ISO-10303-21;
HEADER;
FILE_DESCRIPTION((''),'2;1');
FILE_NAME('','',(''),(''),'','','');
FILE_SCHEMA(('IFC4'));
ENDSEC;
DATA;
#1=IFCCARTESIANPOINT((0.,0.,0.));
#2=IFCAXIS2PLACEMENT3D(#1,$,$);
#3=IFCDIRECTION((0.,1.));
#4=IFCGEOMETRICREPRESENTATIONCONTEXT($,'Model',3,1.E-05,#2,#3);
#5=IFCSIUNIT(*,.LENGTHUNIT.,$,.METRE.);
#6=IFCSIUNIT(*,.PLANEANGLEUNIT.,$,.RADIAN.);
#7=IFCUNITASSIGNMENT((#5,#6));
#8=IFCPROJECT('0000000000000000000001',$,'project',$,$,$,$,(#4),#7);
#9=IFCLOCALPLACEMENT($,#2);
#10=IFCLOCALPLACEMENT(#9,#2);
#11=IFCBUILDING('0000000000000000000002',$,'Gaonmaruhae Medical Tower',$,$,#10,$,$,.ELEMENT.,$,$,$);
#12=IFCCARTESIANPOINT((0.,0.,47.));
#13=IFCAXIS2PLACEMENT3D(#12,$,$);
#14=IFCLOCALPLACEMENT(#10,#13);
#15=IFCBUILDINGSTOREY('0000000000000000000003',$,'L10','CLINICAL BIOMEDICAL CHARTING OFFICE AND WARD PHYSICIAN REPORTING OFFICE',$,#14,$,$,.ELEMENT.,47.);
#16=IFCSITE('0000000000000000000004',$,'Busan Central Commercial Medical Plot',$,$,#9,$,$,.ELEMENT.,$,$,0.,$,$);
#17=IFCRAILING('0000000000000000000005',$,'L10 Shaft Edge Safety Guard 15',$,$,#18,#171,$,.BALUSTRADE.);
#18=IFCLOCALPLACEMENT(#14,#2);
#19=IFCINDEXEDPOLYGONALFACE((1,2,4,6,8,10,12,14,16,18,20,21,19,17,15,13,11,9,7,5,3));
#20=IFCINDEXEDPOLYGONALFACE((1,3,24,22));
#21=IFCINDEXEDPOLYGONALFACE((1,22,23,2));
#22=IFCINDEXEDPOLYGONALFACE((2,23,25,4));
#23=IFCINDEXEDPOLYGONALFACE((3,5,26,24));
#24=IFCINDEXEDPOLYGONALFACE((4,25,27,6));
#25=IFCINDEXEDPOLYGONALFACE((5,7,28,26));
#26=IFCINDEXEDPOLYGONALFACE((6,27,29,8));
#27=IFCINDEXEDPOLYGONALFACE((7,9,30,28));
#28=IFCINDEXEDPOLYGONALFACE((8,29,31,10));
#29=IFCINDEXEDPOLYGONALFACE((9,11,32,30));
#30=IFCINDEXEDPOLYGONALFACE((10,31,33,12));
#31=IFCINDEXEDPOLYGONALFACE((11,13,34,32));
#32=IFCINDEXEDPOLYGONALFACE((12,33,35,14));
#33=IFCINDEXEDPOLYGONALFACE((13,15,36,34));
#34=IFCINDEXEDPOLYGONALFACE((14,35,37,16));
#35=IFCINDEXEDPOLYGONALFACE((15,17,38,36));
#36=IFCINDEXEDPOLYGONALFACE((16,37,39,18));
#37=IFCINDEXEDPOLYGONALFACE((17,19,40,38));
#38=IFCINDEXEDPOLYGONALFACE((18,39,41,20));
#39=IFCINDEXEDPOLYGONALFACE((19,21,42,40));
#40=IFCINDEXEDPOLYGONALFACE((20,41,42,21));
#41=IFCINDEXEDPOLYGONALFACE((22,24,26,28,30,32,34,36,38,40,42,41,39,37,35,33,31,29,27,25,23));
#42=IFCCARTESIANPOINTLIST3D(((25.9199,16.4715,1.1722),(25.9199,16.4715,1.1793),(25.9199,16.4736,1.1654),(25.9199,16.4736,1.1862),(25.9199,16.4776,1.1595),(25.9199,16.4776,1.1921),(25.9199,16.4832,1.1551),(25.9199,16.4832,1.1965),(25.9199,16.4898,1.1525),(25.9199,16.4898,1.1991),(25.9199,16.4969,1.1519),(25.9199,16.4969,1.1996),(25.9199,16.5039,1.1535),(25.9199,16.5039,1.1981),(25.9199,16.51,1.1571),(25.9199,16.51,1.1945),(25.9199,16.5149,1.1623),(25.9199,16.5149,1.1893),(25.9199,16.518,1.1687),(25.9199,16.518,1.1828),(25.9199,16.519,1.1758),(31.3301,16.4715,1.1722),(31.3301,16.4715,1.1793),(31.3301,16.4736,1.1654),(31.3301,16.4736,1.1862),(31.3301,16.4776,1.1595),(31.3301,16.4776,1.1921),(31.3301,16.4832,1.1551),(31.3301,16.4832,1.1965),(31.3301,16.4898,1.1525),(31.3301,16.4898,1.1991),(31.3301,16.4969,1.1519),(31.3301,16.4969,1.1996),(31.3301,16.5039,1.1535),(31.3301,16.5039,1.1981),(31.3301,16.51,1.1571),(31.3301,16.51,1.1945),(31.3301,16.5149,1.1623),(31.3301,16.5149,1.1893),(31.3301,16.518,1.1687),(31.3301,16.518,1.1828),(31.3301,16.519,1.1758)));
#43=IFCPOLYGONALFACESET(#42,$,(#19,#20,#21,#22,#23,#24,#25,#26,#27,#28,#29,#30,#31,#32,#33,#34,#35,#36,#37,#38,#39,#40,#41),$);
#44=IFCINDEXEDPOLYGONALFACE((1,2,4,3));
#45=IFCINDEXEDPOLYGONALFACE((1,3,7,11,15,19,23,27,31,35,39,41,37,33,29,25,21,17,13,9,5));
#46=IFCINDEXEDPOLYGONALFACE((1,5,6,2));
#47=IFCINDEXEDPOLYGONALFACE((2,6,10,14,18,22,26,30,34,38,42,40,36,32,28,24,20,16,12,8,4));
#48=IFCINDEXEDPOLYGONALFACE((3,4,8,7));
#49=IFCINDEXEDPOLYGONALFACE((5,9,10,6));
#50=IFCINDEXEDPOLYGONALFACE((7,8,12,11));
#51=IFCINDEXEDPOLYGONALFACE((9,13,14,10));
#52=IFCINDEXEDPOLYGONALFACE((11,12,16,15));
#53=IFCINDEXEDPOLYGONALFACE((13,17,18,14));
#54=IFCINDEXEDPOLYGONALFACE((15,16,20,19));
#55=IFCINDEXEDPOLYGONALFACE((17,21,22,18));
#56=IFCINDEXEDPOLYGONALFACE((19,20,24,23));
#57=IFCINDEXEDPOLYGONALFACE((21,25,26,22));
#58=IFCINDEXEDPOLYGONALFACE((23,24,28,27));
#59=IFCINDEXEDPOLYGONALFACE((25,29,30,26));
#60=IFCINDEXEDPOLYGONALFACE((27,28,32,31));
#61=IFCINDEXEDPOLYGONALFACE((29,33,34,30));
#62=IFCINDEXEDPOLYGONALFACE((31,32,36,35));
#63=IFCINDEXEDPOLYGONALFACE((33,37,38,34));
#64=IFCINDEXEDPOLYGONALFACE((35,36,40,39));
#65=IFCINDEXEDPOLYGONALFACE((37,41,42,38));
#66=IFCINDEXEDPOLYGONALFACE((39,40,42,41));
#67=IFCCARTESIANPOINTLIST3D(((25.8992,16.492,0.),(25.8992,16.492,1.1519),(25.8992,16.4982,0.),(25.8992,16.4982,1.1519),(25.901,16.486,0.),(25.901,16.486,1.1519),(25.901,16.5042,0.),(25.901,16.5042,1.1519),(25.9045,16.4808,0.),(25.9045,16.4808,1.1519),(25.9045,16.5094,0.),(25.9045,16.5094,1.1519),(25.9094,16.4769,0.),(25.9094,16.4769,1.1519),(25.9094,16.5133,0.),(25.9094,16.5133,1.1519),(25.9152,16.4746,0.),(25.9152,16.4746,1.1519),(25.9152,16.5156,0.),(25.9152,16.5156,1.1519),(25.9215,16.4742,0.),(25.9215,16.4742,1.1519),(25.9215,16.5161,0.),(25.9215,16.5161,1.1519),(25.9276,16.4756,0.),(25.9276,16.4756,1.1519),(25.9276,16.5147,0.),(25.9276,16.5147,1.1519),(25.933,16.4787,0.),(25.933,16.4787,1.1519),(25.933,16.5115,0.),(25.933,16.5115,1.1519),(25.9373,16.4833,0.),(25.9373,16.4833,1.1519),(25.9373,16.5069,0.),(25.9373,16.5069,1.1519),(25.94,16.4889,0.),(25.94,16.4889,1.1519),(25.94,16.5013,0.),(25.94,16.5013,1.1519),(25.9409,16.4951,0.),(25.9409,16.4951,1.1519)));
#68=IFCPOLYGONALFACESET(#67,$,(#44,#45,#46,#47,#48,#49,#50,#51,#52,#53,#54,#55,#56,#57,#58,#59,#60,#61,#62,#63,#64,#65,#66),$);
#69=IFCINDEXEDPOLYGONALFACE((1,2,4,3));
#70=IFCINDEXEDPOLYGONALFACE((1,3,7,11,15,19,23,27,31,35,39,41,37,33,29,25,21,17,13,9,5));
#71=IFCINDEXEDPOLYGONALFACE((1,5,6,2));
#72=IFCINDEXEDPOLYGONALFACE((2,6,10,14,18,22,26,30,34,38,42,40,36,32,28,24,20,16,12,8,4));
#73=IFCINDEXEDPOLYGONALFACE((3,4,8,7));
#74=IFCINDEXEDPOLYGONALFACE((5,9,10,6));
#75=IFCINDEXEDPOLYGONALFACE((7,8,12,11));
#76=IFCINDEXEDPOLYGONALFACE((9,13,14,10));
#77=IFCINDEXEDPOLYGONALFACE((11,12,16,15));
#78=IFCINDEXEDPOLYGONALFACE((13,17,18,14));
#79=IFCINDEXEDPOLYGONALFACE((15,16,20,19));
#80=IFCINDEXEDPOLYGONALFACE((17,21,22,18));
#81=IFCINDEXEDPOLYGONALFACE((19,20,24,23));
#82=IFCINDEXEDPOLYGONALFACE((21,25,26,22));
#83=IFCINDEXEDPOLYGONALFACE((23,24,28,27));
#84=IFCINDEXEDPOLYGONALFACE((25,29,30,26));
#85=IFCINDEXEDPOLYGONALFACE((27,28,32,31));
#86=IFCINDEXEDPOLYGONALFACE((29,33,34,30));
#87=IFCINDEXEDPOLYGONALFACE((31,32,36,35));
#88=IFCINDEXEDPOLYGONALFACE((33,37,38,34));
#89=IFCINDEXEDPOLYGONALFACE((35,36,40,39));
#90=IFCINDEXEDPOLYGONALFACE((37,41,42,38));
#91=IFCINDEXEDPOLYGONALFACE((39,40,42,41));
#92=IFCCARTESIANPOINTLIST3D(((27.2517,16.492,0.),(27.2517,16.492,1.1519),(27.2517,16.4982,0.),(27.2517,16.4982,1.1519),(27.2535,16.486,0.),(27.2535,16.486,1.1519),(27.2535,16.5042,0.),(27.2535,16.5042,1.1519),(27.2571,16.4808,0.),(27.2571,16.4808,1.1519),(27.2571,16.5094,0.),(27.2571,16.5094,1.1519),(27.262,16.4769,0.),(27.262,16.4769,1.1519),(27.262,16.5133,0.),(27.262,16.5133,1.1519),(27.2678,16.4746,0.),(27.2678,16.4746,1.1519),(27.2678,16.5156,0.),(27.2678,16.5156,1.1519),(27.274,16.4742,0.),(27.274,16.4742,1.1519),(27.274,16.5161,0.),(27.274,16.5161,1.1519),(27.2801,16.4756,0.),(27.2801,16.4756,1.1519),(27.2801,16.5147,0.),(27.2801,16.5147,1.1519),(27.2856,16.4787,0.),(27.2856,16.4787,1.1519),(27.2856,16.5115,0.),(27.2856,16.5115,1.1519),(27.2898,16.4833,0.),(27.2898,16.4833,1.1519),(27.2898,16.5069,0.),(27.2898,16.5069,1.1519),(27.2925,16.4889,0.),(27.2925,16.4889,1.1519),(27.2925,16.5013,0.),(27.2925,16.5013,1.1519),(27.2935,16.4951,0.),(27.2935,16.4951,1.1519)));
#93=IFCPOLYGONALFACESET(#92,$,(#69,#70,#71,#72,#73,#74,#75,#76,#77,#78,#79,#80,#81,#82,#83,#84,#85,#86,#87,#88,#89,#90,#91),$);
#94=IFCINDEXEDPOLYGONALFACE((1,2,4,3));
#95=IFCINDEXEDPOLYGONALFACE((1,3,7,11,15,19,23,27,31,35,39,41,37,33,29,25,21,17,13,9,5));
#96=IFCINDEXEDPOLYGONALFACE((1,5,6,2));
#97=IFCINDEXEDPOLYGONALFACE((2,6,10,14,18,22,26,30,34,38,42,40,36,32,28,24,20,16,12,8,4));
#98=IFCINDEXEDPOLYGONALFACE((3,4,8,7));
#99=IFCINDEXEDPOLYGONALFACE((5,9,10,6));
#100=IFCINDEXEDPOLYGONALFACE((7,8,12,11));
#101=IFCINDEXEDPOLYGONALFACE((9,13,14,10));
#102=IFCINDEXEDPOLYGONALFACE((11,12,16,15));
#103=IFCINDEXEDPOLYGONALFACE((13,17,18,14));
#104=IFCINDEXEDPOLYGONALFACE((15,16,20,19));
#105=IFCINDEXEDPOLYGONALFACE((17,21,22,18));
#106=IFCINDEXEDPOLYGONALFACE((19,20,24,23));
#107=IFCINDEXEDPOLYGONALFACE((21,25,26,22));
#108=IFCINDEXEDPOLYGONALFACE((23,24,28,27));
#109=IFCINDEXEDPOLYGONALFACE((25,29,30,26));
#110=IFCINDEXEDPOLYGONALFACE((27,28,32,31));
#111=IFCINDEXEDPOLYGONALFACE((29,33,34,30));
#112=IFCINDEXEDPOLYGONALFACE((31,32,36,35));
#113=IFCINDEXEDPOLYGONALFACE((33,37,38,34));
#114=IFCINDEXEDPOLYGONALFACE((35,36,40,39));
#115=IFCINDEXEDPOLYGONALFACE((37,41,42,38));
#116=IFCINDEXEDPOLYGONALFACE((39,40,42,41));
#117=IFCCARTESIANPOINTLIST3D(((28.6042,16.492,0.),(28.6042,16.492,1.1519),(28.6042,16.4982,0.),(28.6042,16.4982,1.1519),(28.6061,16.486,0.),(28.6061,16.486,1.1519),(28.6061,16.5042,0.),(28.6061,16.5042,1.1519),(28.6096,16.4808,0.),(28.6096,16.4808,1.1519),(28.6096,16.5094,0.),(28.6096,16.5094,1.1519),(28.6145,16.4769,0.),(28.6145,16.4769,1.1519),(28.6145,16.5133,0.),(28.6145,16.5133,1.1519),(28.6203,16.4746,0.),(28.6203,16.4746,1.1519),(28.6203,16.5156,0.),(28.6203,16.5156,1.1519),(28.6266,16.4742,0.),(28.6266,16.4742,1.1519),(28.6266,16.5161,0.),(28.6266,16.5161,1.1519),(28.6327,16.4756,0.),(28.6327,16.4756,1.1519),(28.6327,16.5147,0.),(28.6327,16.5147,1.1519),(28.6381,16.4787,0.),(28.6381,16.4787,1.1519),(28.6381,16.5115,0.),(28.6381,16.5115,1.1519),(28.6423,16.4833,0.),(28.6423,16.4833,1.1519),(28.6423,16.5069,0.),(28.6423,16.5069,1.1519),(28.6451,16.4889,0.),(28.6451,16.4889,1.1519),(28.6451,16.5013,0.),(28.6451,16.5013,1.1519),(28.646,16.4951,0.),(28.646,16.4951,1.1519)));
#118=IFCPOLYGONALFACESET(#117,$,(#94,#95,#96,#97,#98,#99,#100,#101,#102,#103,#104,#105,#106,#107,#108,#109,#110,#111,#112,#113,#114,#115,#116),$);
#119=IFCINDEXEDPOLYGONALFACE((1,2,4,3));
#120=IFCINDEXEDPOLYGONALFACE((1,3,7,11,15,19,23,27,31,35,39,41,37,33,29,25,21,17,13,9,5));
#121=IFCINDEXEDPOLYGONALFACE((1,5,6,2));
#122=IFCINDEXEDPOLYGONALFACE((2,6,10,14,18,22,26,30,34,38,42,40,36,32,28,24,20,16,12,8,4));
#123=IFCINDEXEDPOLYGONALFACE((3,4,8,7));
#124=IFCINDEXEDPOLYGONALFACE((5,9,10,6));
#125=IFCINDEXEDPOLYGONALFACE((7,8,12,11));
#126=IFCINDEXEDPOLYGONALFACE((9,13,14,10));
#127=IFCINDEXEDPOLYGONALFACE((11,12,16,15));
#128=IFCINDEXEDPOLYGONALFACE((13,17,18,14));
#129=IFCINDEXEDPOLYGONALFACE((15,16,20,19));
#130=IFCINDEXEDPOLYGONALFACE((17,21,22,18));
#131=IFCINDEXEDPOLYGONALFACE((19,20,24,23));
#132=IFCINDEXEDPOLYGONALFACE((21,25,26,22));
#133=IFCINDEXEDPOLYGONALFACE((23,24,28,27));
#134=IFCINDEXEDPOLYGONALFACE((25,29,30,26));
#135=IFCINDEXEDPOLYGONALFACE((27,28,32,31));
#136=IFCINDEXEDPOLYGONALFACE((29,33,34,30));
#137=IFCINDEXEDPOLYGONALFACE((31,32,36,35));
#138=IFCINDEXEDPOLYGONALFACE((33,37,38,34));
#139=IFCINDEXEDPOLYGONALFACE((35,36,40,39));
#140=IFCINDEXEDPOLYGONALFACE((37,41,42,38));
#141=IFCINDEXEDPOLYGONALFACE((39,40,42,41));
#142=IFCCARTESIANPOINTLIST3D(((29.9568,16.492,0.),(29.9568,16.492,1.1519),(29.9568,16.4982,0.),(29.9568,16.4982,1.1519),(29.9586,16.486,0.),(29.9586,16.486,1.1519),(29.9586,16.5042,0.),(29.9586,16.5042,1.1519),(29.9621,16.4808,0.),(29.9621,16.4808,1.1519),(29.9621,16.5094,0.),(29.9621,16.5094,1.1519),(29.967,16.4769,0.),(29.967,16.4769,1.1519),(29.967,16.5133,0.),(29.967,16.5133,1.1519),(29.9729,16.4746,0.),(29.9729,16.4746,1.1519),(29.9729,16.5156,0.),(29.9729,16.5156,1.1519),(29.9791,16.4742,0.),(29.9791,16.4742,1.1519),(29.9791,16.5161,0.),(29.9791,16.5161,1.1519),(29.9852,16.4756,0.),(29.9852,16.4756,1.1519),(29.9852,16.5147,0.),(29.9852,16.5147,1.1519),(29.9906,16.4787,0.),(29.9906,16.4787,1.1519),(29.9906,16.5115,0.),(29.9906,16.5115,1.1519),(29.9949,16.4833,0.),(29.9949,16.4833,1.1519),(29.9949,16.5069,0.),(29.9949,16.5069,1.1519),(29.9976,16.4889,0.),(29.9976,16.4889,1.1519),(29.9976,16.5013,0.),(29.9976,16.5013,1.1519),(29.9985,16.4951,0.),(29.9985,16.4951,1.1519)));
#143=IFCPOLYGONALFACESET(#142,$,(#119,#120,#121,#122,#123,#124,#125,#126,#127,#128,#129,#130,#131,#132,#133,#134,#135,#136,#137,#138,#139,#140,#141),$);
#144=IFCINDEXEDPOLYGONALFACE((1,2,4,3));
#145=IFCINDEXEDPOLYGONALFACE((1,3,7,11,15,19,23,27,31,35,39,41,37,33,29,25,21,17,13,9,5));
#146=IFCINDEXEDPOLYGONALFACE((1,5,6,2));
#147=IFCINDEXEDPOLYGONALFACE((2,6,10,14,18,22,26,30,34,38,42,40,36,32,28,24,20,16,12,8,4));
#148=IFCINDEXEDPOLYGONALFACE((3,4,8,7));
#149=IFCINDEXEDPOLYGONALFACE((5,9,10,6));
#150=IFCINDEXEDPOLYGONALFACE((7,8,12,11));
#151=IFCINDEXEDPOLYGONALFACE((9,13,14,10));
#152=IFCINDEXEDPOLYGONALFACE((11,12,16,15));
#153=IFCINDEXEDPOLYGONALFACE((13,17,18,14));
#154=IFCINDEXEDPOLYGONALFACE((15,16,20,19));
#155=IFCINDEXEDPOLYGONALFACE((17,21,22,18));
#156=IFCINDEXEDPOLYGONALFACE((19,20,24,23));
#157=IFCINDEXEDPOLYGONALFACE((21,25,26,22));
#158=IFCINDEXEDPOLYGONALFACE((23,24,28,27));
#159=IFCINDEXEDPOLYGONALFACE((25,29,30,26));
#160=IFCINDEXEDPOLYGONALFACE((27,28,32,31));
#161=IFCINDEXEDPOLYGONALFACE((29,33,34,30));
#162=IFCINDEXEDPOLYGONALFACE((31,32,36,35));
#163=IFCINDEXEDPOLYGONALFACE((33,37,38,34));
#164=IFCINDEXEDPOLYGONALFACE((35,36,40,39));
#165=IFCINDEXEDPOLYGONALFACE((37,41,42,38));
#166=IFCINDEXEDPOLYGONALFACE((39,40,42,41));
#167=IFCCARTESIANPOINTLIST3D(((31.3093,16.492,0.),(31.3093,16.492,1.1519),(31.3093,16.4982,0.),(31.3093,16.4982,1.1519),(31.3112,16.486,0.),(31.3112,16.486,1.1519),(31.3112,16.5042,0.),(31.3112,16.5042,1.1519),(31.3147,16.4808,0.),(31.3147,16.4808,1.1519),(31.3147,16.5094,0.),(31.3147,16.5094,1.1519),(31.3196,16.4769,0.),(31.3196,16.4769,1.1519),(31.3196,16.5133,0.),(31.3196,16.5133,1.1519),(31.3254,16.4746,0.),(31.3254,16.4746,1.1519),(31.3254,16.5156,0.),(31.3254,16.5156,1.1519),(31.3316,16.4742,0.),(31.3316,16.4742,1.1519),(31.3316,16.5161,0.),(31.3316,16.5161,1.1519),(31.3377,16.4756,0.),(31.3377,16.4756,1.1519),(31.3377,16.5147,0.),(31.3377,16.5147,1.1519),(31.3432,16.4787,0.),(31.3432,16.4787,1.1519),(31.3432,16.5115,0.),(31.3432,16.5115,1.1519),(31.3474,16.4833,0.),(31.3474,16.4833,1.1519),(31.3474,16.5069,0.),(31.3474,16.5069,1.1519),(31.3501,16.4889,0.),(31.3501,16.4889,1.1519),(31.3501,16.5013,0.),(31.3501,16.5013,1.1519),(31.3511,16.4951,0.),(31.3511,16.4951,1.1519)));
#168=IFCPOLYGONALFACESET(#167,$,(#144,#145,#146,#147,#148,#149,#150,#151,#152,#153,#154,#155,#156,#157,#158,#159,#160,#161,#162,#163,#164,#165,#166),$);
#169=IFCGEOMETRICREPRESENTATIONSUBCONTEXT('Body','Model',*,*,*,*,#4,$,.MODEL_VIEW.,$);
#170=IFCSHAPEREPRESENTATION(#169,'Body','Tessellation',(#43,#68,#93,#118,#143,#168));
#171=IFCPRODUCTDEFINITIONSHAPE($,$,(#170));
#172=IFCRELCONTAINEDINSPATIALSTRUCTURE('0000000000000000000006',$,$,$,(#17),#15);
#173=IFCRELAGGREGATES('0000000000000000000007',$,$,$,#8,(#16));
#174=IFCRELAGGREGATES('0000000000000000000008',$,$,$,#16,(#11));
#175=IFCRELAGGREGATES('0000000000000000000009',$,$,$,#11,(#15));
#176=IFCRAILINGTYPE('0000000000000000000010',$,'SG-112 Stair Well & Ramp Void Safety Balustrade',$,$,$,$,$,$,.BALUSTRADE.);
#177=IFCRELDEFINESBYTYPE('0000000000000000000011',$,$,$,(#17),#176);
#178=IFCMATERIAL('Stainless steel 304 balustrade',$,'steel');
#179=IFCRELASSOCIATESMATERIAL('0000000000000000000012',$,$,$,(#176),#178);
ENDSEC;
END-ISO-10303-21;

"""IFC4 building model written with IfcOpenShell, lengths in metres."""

from ifc_helpers import new_model, si_unit, direction, frame, origin, origin_2d, place, context, subcontext, project, spatial, circle, extrude, material, type_object, element, save


model = new_model("IFC4")

# Units and contexts
model_context = context("Model", 3, precision=1e-05, world=origin(), true_north=direction((0.0, 1.0)))
body_context = subcontext(model_context, "Body", "Model", "MODEL_VIEW")
ifc_project = project(units=[si_unit("LENGTHUNIT", "METRE"), si_unit("PLANEANGLEUNIT", "RADIAN")], contexts=[model_context])

# Site, building, storey
site_placement = place(None, origin())
site = spatial("IfcSite", under=ifc_project, at=site_placement, Name="Busan Central Commercial Medical Plot", CompositionType="ELEMENT", RefElevation=0.0)
building_placement = place(site_placement, origin())
building = spatial("IfcBuilding", under=site, at=building_placement, Name="Gaonmaruhae Medical Tower", CompositionType="ELEMENT")
storey_placement = place(building_placement, frame((0.0, 0.0, 47.0)))
storey = spatial("IfcBuildingStorey", under=building, at=storey_placement, Name="L10", Description="CLINICAL BIOMEDICAL CHARTING OFFICE AND WARD PHYSICIAN REPORTING OFFICE", CompositionType="ELEMENT", Elevation=47.0)

# Railing
ifc_material_1 = material(Name="Stainless steel 304 balustrade", Category="steel")
railing_type = type_object("IfcRailingType", Name="SG-112 Stair Well & Ramp Void Safety Balustrade", PredefinedType="BALUSTRADE", material=ifc_material_1)
railing_1_placement = place(storey_placement, frame((25.9199, 16.4951, 0.0)))
element("IfcRailing", 1, at=railing_1_placement, inside=storey, type_object=railing_type, Name="L10 Shaft Edge Safety Guard 15", PredefinedType="BALUSTRADE", context=body_context, shape_type="SweptSolid", body=[
    extrude(circle(Radius=0.0239, at=origin_2d()), frame((0.0, 0.0, 1.1758), z_axis=(1.0, 0.0, 0.0), x_axis=(0.0, 1.0, 0.0)), (0.0, 0.0, 1.0), 5.4102),
    extrude(circle(Radius=0.021, at=origin_2d()), origin(), (0.0, 0.0, 1.0), 1.1519),
    extrude(circle(Radius=0.021, at=origin_2d()), frame((1.3525, 0.0, 0.0)), (0.0, 0.0, 1.0), 1.1519),
    extrude(circle(Radius=0.021, at=origin_2d()), frame((2.7051, 0.0, 0.0)), (0.0, 0.0, 1.0), 1.1519),
    extrude(circle(Radius=0.021, at=origin_2d()), frame((4.0576, 0.0, 0.0)), (0.0, 0.0, 1.0), 1.1519),
    extrude(circle(Radius=0.021, at=origin_2d()), frame((5.4102, 0.0, 0.0)), (0.0, 0.0, 1.0), 1.1519),
])

save(model, "model.ifc")
